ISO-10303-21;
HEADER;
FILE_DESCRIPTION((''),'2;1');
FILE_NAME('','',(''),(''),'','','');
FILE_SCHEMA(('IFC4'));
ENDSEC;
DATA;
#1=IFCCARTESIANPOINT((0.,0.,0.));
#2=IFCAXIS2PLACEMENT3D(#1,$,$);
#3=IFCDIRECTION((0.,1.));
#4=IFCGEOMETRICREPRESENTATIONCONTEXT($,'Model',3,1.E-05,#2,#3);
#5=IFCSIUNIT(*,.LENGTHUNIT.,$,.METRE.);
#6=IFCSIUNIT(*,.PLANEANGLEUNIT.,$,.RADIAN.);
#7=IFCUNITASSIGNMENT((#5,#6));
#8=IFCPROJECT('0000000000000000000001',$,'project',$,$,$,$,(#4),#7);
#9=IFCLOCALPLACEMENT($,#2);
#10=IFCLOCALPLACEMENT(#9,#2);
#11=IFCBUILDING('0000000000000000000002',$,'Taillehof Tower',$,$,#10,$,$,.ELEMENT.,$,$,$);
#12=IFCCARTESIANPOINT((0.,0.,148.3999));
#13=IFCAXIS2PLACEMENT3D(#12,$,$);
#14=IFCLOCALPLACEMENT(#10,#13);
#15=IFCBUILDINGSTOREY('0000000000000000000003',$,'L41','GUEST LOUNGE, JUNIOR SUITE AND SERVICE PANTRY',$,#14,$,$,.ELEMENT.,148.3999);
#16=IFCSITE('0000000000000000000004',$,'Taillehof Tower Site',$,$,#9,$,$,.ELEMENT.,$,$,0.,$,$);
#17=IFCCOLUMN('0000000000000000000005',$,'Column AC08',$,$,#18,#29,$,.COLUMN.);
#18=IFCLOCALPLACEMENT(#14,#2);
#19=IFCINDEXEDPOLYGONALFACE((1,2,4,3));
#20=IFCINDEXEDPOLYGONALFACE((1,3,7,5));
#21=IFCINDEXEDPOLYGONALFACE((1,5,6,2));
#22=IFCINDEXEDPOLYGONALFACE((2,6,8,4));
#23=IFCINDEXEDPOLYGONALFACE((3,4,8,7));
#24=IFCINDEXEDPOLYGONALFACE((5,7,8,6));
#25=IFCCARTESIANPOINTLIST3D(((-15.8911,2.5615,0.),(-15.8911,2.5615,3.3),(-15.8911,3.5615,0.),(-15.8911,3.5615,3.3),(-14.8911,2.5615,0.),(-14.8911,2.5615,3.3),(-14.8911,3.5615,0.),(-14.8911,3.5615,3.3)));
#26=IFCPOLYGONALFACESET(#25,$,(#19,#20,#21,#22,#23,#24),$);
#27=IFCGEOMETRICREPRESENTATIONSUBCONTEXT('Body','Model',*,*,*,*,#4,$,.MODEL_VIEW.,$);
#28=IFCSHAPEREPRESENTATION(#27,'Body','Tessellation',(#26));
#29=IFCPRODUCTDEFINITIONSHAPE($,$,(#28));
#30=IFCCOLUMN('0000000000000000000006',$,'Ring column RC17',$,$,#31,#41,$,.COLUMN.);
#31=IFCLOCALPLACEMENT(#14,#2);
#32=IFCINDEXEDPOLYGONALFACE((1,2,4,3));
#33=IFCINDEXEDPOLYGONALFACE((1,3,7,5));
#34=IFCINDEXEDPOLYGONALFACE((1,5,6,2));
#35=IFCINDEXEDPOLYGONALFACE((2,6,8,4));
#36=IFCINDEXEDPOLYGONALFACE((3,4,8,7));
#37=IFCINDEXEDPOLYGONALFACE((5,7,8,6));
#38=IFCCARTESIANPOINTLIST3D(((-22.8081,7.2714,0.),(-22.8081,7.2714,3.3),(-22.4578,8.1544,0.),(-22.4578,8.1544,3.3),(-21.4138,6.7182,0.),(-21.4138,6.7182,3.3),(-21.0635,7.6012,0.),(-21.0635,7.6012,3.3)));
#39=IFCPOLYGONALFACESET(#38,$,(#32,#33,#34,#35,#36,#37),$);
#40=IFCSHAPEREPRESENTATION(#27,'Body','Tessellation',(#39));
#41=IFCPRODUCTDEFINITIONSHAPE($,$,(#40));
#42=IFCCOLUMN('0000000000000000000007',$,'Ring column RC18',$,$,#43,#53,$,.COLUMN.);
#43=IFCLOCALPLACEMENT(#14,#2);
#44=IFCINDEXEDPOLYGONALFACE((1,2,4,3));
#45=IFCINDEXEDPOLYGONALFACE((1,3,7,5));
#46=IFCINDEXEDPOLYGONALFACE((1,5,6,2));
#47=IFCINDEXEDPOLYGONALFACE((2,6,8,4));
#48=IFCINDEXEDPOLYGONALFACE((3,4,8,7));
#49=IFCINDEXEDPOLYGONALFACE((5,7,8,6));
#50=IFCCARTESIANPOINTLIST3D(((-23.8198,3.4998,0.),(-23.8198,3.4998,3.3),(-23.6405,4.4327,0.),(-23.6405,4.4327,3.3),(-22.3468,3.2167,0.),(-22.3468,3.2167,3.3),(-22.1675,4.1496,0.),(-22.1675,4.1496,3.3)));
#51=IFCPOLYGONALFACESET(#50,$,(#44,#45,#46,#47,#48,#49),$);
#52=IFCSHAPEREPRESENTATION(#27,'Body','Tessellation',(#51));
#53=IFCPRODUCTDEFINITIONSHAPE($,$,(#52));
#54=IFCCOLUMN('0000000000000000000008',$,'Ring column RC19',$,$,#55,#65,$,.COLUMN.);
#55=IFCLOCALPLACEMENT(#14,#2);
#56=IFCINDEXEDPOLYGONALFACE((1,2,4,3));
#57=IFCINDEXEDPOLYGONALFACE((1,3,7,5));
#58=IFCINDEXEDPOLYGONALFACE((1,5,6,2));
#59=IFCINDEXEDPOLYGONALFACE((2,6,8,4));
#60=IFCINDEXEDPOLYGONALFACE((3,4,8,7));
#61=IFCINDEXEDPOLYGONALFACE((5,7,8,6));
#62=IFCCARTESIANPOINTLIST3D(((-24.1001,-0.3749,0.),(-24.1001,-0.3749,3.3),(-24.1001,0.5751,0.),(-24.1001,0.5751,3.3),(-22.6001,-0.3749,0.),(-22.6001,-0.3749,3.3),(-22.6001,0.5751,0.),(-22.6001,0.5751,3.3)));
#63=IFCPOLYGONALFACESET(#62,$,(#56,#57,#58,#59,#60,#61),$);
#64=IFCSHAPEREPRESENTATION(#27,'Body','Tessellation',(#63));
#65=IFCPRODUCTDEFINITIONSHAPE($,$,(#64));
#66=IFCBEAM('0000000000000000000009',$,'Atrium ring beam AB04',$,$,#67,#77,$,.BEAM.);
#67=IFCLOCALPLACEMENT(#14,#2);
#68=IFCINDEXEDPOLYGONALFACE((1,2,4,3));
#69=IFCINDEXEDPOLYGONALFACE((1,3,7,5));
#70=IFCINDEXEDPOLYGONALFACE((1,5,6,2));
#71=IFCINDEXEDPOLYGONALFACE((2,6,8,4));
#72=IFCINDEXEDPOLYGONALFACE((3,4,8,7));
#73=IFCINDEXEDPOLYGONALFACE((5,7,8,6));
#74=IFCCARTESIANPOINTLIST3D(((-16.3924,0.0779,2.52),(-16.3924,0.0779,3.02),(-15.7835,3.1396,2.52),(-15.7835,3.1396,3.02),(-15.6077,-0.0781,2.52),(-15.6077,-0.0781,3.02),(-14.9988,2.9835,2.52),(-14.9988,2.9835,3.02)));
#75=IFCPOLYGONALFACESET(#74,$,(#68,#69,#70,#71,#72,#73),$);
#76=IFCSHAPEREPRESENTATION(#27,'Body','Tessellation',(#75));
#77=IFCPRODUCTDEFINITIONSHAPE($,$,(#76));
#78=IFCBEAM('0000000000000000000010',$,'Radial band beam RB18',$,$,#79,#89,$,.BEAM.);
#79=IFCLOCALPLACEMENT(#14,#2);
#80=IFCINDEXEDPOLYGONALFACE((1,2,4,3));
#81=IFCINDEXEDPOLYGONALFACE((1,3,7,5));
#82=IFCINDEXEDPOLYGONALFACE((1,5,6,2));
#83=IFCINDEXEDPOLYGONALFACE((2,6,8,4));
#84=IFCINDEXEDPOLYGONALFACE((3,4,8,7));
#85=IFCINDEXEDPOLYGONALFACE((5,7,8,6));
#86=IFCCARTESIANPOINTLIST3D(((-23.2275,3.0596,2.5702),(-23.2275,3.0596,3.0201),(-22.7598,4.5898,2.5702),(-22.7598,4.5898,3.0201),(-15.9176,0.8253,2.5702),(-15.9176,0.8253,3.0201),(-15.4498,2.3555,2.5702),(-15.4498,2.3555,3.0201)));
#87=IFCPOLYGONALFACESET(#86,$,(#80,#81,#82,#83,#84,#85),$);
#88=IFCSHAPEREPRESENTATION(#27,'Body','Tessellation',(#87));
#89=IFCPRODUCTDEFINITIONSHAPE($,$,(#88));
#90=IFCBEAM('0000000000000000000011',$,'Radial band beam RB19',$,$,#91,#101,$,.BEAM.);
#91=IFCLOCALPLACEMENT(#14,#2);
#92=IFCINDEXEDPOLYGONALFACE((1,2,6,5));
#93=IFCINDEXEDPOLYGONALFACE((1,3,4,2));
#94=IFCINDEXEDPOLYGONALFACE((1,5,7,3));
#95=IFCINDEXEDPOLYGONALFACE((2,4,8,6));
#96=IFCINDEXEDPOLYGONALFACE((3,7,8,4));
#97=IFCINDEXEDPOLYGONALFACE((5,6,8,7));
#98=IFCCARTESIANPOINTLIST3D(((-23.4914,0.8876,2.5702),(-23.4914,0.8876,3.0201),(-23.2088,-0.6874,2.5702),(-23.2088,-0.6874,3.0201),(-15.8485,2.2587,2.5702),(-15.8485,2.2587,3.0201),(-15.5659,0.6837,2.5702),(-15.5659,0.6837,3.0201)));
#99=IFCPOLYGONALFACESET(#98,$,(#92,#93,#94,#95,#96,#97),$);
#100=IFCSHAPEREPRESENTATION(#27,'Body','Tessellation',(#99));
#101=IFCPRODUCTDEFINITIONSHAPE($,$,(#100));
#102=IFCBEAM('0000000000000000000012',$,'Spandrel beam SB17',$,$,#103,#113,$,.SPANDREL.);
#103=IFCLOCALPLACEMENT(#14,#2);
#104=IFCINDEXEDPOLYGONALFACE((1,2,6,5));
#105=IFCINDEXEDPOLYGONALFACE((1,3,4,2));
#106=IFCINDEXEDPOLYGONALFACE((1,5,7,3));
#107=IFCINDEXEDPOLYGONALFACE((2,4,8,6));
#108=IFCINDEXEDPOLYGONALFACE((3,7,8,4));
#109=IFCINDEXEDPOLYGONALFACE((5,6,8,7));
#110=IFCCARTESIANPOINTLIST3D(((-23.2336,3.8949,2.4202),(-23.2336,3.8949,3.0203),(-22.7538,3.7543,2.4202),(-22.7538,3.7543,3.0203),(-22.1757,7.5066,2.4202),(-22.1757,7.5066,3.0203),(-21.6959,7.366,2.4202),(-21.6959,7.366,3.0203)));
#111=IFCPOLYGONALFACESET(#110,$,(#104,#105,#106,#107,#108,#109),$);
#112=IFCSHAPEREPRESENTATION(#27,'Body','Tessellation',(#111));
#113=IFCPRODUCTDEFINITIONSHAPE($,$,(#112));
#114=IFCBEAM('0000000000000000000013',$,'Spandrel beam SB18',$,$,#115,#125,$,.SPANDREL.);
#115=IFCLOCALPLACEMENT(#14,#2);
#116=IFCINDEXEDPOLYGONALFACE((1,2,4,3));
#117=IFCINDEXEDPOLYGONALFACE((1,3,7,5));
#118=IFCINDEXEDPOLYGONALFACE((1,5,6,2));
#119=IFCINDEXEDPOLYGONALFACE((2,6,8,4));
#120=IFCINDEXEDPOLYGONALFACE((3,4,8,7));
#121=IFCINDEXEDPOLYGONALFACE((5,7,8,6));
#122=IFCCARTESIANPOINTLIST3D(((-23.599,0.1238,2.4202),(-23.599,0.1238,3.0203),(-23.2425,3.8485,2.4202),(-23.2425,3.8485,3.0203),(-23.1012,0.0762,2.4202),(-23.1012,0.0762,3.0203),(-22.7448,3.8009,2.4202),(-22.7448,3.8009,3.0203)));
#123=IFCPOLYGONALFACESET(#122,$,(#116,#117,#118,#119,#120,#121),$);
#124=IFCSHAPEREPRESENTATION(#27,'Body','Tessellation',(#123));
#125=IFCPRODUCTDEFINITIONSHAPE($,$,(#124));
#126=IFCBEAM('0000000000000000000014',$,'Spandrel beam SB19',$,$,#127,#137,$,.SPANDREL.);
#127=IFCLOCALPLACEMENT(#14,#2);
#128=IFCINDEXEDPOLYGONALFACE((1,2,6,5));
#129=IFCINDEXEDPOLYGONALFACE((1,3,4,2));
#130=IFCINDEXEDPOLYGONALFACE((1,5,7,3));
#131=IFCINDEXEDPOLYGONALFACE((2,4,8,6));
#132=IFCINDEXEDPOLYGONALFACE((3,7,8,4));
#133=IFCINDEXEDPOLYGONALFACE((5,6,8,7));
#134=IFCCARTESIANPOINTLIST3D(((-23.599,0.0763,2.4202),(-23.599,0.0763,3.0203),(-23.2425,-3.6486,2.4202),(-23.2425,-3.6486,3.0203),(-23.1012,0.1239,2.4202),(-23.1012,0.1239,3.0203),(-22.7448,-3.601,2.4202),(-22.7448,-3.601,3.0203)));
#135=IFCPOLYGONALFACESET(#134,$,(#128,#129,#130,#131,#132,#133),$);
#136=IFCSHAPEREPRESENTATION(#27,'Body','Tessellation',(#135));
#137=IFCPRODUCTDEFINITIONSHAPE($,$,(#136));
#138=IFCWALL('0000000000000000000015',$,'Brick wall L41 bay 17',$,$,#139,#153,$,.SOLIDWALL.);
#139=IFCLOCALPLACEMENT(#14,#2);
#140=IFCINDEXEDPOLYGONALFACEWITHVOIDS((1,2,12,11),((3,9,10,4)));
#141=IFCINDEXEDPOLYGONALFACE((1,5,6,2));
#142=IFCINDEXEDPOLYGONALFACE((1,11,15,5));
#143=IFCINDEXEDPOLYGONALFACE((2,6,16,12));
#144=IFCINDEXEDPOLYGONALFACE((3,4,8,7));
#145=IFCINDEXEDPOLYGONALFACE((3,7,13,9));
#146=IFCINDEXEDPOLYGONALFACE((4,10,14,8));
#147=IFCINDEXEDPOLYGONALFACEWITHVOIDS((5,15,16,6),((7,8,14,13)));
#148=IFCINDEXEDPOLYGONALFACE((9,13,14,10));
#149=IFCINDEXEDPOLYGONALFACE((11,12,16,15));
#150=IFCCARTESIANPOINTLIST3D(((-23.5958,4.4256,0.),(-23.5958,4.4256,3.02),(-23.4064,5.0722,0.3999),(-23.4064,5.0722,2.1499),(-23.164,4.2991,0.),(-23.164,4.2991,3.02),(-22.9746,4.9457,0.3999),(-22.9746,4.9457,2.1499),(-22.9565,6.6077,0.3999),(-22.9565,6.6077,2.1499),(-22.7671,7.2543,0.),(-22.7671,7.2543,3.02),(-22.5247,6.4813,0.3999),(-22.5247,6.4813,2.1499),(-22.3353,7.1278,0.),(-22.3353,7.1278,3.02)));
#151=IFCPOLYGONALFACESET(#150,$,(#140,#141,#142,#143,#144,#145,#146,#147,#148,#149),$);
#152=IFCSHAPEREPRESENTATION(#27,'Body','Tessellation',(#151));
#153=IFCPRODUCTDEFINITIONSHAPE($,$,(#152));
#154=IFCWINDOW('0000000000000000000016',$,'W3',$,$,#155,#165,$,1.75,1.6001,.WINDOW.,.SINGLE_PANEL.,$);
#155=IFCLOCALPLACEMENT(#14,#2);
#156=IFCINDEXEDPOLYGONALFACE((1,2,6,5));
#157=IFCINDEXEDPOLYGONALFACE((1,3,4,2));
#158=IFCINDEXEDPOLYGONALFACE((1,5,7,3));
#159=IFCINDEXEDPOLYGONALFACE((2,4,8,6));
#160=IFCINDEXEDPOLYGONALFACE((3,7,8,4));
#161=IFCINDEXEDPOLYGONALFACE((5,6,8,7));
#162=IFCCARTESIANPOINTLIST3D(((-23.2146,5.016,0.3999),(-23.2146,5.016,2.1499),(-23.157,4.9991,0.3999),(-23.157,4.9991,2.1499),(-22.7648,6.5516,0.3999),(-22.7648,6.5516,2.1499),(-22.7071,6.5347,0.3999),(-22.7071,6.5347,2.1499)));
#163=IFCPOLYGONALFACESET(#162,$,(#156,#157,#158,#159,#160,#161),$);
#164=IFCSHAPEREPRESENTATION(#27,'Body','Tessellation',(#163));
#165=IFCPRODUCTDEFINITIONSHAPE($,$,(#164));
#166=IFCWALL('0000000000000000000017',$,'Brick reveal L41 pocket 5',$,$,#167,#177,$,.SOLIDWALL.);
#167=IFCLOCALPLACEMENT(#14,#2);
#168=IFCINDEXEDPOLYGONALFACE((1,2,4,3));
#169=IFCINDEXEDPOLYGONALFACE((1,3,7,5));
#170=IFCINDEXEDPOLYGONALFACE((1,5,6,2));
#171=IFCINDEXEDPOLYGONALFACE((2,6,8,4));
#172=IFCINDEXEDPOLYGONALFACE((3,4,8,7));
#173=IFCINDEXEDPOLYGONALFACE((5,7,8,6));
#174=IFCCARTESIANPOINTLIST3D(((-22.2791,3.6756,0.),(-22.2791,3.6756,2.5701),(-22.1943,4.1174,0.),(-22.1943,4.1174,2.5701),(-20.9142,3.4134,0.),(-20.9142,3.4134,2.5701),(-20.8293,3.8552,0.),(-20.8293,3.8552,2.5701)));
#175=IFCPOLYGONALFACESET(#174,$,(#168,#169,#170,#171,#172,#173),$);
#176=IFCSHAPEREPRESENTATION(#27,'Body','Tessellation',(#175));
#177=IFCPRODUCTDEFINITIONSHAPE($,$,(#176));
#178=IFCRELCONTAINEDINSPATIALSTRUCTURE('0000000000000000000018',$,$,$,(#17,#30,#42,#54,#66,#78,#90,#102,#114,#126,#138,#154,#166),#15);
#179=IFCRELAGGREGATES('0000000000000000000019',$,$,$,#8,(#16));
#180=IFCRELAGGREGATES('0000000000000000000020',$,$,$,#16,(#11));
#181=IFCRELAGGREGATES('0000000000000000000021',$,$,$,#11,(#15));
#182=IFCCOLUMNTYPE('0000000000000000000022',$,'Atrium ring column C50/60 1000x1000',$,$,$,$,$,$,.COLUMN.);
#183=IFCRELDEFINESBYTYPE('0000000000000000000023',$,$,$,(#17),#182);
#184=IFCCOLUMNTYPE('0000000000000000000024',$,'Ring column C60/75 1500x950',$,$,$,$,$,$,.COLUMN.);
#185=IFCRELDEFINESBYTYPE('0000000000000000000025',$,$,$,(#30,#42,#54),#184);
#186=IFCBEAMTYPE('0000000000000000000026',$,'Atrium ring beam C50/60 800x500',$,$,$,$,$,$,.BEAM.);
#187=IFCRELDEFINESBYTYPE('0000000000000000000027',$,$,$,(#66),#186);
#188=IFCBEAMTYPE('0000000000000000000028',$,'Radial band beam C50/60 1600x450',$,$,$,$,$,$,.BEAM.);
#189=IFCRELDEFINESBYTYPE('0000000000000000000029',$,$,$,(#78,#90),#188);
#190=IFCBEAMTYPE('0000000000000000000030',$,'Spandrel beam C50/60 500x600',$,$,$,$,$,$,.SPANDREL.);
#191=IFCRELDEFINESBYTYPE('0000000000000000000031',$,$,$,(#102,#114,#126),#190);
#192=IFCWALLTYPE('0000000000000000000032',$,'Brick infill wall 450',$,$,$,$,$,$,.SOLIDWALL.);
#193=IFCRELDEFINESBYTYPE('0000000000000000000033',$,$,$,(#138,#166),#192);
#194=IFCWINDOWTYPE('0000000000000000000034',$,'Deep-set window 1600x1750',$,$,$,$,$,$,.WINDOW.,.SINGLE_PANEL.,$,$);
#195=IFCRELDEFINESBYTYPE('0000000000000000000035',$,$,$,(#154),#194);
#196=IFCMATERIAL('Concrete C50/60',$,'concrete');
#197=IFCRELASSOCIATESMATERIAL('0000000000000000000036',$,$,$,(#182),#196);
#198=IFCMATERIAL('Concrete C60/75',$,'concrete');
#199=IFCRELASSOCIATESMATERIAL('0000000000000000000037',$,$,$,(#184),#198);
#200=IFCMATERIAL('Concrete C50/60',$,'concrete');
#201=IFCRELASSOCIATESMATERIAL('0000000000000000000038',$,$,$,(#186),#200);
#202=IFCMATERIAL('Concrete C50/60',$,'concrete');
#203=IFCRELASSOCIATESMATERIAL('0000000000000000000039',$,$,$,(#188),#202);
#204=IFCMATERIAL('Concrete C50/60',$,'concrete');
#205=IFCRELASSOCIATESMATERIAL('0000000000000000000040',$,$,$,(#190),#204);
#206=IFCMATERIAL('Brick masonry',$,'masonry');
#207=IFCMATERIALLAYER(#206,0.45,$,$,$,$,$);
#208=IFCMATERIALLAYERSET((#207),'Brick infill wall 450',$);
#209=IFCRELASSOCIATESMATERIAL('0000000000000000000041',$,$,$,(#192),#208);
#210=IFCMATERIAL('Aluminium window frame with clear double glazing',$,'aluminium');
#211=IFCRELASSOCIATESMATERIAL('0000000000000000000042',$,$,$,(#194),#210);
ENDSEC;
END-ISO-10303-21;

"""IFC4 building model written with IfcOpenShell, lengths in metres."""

from ifc_helpers import new_model, si_unit, direction, frame, frame_2d, origin, origin_2d, place, context, subcontext, project, spatial, rectangle, extrude, material, layer, layer_set, material_profile, profile_set, type_object, element, fill, save


model = new_model("IFC4")

# Units and contexts
model_context = context("Model", 3, precision=1e-05, world=origin(), true_north=direction((0.0, 1.0)))
body_context = subcontext(model_context, "Body", "Model", "MODEL_VIEW")
ifc_project = project(units=[si_unit("LENGTHUNIT", "METRE"), si_unit("PLANEANGLEUNIT", "RADIAN")], contexts=[model_context])

# Site, building, storey
site_placement = place(None, origin())
site = spatial("IfcSite", under=ifc_project, at=site_placement, Name="Taillehof Tower Site", CompositionType="ELEMENT", RefElevation=0.0)
building_placement = place(site_placement, origin())
building = spatial("IfcBuilding", under=site, at=building_placement, Name="Taillehof Tower", CompositionType="ELEMENT")
storey_placement = place(building_placement, frame((0.0, 0.0, 148.3999)))
storey = spatial("IfcBuildingStorey", under=building, at=storey_placement, Name="L41", Description="GUEST LOUNGE, JUNIOR SUITE AND SERVICE PANTRY", CompositionType="ELEMENT", Elevation=148.3999)

# Columns
ifc_material_1 = material(Name="Concrete C50/60", Category="concrete")
ifc_material_profile_1 = material_profile(ifc_material_1, rectangle(XDim=1.0, YDim=1.0, at=origin_2d()), Name="RC 1000x1000")
ifc_profile_set_1 = profile_set([ifc_material_profile_1], Name="Concrete C50/60")
column_type_1 = type_object("IfcColumnType", Name="Atrium ring column C50/60 1000x1000", PredefinedType="COLUMN", material=ifc_profile_set_1)
column_placement = place(storey_placement, frame((-15.3911, 3.0615, 0.0), z_axis=(0.0, 0.0, 1.0), x_axis=(1.0, 0.0, 0.0)))
element("IfcColumn", 1, at=column_placement, inside=storey, type_object=column_type_1, Name="Column AC08", PredefinedType="COLUMN", context=body_context, shape_type="SweptSolid", body=[
    extrude(rectangle(XDim=1.0, YDim=1.0, at=origin_2d()), origin(), (0.0, 0.0, 1.0), 3.3),
])
ifc_material_2 = material(Name="Concrete C60/75", Category="concrete")
ifc_material_profile_2 = material_profile(ifc_material_2, rectangle(XDim=1.5, YDim=0.95, at=origin_2d()), Name="RC 1500x950")
ifc_profile_set_2 = profile_set([ifc_material_profile_2], Name="Concrete C60/75")
column_type_2 = type_object("IfcColumnType", Name="Ring column C60/75 1500x950", PredefinedType="COLUMN", material=ifc_profile_set_2)
for number, where, z_axis, x_axis, name in (
    (2, (-21.9358, 7.4363, 0.0), (0.0, 0.0, 1.0), (-0.929511, 0.368793, 0.0), "Ring column RC17"),
    (3, (-22.9937, 3.8247, 0.0), (0.0, 0.0, 1.0), (-0.982024, 0.188757, 0.0), "Ring column RC18"),
    (4, (-23.3501, 0.1001, 0.0), (0.0, 0.0, 1.0), (-1.0, 0.0, 0.0), "Ring column RC19"),
):
    element("IfcColumn", number, at=place(storey_placement, frame(where, z_axis=z_axis, x_axis=x_axis)), inside=storey, type_object=column_type_2, Name=name, PredefinedType="COLUMN", context=body_context, shape_type="SweptSolid", body=[
        extrude(rectangle(XDim=1.5, YDim=0.95, at=origin_2d()), origin(), (0.0, 0.0, 1.0), 3.3),
    ])

# Beams
ifc_material_3 = material(Name="Concrete C50/60", Category="concrete")
ifc_material_profile_3 = material_profile(ifc_material_3, rectangle(XDim=0.8, YDim=0.5, at=origin_2d()), Name="RC 800x500")
ifc_profile_set_3 = profile_set([ifc_material_profile_3], Name="Concrete C50/60")
beam_type_1 = type_object("IfcBeamType", Name="Atrium ring beam C50/60 800x500", PredefinedType="BEAM", material=ifc_profile_set_3)
beam_1_placement = place(storey_placement, frame((-15.3911, 3.0615, 2.77), z_axis=(-0.195063, -0.980791, 0.0), x_axis=(0.980791, -0.195063, 0.0)))
element("IfcBeam", 5, at=beam_1_placement, inside=storey, type_object=beam_type_1, Name="Atrium ring beam AB04", PredefinedType="BEAM", context=body_context, shape_type="SweptSolid", body=[
    extrude(rectangle(XDim=0.8, YDim=0.5, at=origin_2d()), origin(), (0.0, 0.0, 1.0), 3.1216),
])
ifc_material_4 = material(Name="Concrete C50/60", Category="concrete")
ifc_material_profile_4 = material_profile(ifc_material_4, rectangle(XDim=1.6001, YDim=0.45, at=origin_2d()), Name="RC 1600x450")
ifc_profile_set_4 = profile_set([ifc_material_profile_4], Name="Concrete C50/60")
beam_type_2 = type_object("IfcBeamType", Name="Radial band beam C50/60 1600x450", PredefinedType="BEAM", material=ifc_profile_set_4)
beam_2_placement = place(storey_placement, frame((-22.9937, 3.8247, 2.7952), z_axis=(0.956324, -0.292308, 0.0), x_axis=(0.292308, 0.956324, 0.0)))
element("IfcBeam", 6, at=beam_2_placement, inside=storey, type_object=beam_type_2, Name="Radial band beam RB18", PredefinedType="BEAM", context=body_context, shape_type="SweptSolid", body=[
    extrude(rectangle(XDim=1.6001, YDim=0.45, at=origin_2d()), origin(), (0.0, 0.0, 1.0), 7.6438),
])
beam_3_placement = place(storey_placement, frame((-23.3501, 0.1001, 2.7952), z_axis=(0.984287, 0.176577, 0.0), x_axis=(-0.176577, 0.984287, 0.0)))
element("IfcBeam", 7, at=beam_3_placement, inside=storey, type_object=beam_type_2, Name="Radial band beam RB19", PredefinedType="BEAM", context=body_context, shape_type="SweptSolid", body=[
    extrude(rectangle(XDim=1.6001, YDim=0.45, at=origin_2d()), origin(), (0.0, 0.0, 1.0), 7.7649),
])
ifc_material_5 = material(Name="Concrete C50/60", Category="concrete")
ifc_material_profile_5 = material_profile(ifc_material_5, rectangle(XDim=0.5, YDim=0.6001, at=origin_2d()), Name="RC 500x600")
ifc_profile_set_5 = profile_set([ifc_material_profile_5], Name="Concrete C50/60")
beam_type_3 = type_object("IfcBeamType", Name="Spandrel beam C50/60 500x600", PredefinedType="SPANDREL", material=ifc_profile_set_5)
beam_4_placement = place(storey_placement, frame((-21.9358, 7.4363, 2.7202), z_axis=(-0.281098, -0.959679, 0.0), x_axis=(0.959679, -0.281098, 0.0)))
element("IfcBeam", 8, at=beam_4_placement, inside=storey, type_object=beam_type_3, Name="Spandrel beam SB17", PredefinedType="SPANDREL", context=body_context, shape_type="SweptSolid", body=[
    extrude(rectangle(XDim=0.5, YDim=0.6001, at=origin_2d()), origin(), (0.0, 0.0, 1.0), 3.7634),
])
beam_5_placement = place(storey_placement, frame((-22.9937, 3.8247, 2.7202), z_axis=(-0.095265, -0.995452, 0.0), x_axis=(0.995452, -0.095265, 0.0)))
element("IfcBeam", 9, at=beam_5_placement, inside=storey, type_object=beam_type_3, Name="Spandrel beam SB18", PredefinedType="SPANDREL", context=body_context, shape_type="SweptSolid", body=[
    extrude(rectangle(XDim=0.5, YDim=0.6001, at=origin_2d()), origin(), (0.0, 0.0, 1.0), 3.7417),
])
beam_6_placement = place(storey_placement, frame((-23.3501, 0.1001, 2.7202), z_axis=(0.095259, -0.995453, 0.0), x_axis=(0.995453, 0.095259, 0.0)))
element("IfcBeam", 10, at=beam_6_placement, inside=storey, type_object=beam_type_3, Name="Spandrel beam SB19", PredefinedType="SPANDREL", context=body_context, shape_type="SweptSolid", body=[
    extrude(rectangle(XDim=0.5, YDim=0.6001, at=origin_2d()), origin(), (0.0, 0.0, 1.0), 3.7419),
])

# Wall, opening, window
ifc_material_6 = material(Name="Brick masonry", Category="masonry")
ifc_layer_1 = layer(ifc_material_6, 0.45)
ifc_layer_set_1 = layer_set([ifc_layer_1], Name="Brick infill wall 450")
wall_type_1 = type_object("IfcWallType", Name="Brick infill wall 450", PredefinedType="SOLIDWALL", material=ifc_layer_set_1)
wall_1_placement = place(storey_placement, frame((-22.5513, 7.1909, 0.0), z_axis=(0.0, 0.0, 1.0), x_axis=(-0.281126, -0.959671, 0.0)))
wall_1 = element("IfcWall", 11, at=wall_1_placement, inside=storey, type_object=wall_type_1, Name="Brick wall L41 bay 17", PredefinedType="SOLIDWALL", context=body_context, shape_type="SweptSolid", body=[
    extrude(rectangle(XDim=2.9475, YDim=0.45, at=frame_2d((1.4736, 0.0))), origin(), (0.0, 0.0, 1.0), 3.02),
])
opening_1_placement = place(wall_1_placement, frame((0.6736, 0.0, 0.3999)))
opening_1 = element("IfcOpeningElement", 12, at=opening_1_placement, cuts=wall_1, PredefinedType="OPENING", context=body_context, shape_type="SweptSolid", body=[
    extrude(rectangle(XDim=1.6001, YDim=1.75, at=frame_2d((0.8, 0.875))), frame((0.0, 0.2349, 0.0), z_axis=(0.0, -1.0, 0.0), x_axis=(1.0, 0.0, 0.0)), (0.0, 0.0, 1.0), 0.47),
])
ifc_material_7 = material(Name="Aluminium window frame with clear double glazing", Category="aluminium")
window_type_1 = type_object("IfcWindowType", Name="Deep-set window 1600x1750", PartitioningType="SINGLE_PANEL", PredefinedType="WINDOW", material=ifc_material_7)
window_1_placement = place(opening_1_placement, origin())
window_1 = element("IfcWindow", 13, at=window_1_placement, inside=storey, type_object=window_type_1, Name="W3", OverallHeight=1.75, OverallWidth=1.6001, PartitioningType="SINGLE_PANEL", PredefinedType="WINDOW", context=body_context, shape_type="SweptSolid", body=[
    extrude(rectangle(XDim=1.6001, YDim=1.75, at=frame_2d((0.8, 0.875))), frame((0.0, 0.0349, 0.0), z_axis=(0.0, -1.0, 0.0), x_axis=(1.0, 0.0, 0.0)), (0.0, 0.0, 1.0), 0.0601),
])
fill(opening_1, window_1)

# Wall
wall_2_placement = place(storey_placement, frame((-22.2366, 3.8965, 0.0), z_axis=(0.0, 0.0, 1.0), x_axis=(0.982045, -0.188645, 0.0)))
element("IfcWall", 14, at=wall_2_placement, inside=storey, type_object=wall_type_1, Name="Brick reveal L41 pocket 5", PredefinedType="SOLIDWALL", context=body_context, shape_type="SweptSolid", body=[
    extrude(rectangle(XDim=1.3899, YDim=0.45, at=frame_2d((0.6948, 0.0))), origin(), (0.0, 0.0, 1.0), 2.5701),
])

save(model, "model.ifc")
